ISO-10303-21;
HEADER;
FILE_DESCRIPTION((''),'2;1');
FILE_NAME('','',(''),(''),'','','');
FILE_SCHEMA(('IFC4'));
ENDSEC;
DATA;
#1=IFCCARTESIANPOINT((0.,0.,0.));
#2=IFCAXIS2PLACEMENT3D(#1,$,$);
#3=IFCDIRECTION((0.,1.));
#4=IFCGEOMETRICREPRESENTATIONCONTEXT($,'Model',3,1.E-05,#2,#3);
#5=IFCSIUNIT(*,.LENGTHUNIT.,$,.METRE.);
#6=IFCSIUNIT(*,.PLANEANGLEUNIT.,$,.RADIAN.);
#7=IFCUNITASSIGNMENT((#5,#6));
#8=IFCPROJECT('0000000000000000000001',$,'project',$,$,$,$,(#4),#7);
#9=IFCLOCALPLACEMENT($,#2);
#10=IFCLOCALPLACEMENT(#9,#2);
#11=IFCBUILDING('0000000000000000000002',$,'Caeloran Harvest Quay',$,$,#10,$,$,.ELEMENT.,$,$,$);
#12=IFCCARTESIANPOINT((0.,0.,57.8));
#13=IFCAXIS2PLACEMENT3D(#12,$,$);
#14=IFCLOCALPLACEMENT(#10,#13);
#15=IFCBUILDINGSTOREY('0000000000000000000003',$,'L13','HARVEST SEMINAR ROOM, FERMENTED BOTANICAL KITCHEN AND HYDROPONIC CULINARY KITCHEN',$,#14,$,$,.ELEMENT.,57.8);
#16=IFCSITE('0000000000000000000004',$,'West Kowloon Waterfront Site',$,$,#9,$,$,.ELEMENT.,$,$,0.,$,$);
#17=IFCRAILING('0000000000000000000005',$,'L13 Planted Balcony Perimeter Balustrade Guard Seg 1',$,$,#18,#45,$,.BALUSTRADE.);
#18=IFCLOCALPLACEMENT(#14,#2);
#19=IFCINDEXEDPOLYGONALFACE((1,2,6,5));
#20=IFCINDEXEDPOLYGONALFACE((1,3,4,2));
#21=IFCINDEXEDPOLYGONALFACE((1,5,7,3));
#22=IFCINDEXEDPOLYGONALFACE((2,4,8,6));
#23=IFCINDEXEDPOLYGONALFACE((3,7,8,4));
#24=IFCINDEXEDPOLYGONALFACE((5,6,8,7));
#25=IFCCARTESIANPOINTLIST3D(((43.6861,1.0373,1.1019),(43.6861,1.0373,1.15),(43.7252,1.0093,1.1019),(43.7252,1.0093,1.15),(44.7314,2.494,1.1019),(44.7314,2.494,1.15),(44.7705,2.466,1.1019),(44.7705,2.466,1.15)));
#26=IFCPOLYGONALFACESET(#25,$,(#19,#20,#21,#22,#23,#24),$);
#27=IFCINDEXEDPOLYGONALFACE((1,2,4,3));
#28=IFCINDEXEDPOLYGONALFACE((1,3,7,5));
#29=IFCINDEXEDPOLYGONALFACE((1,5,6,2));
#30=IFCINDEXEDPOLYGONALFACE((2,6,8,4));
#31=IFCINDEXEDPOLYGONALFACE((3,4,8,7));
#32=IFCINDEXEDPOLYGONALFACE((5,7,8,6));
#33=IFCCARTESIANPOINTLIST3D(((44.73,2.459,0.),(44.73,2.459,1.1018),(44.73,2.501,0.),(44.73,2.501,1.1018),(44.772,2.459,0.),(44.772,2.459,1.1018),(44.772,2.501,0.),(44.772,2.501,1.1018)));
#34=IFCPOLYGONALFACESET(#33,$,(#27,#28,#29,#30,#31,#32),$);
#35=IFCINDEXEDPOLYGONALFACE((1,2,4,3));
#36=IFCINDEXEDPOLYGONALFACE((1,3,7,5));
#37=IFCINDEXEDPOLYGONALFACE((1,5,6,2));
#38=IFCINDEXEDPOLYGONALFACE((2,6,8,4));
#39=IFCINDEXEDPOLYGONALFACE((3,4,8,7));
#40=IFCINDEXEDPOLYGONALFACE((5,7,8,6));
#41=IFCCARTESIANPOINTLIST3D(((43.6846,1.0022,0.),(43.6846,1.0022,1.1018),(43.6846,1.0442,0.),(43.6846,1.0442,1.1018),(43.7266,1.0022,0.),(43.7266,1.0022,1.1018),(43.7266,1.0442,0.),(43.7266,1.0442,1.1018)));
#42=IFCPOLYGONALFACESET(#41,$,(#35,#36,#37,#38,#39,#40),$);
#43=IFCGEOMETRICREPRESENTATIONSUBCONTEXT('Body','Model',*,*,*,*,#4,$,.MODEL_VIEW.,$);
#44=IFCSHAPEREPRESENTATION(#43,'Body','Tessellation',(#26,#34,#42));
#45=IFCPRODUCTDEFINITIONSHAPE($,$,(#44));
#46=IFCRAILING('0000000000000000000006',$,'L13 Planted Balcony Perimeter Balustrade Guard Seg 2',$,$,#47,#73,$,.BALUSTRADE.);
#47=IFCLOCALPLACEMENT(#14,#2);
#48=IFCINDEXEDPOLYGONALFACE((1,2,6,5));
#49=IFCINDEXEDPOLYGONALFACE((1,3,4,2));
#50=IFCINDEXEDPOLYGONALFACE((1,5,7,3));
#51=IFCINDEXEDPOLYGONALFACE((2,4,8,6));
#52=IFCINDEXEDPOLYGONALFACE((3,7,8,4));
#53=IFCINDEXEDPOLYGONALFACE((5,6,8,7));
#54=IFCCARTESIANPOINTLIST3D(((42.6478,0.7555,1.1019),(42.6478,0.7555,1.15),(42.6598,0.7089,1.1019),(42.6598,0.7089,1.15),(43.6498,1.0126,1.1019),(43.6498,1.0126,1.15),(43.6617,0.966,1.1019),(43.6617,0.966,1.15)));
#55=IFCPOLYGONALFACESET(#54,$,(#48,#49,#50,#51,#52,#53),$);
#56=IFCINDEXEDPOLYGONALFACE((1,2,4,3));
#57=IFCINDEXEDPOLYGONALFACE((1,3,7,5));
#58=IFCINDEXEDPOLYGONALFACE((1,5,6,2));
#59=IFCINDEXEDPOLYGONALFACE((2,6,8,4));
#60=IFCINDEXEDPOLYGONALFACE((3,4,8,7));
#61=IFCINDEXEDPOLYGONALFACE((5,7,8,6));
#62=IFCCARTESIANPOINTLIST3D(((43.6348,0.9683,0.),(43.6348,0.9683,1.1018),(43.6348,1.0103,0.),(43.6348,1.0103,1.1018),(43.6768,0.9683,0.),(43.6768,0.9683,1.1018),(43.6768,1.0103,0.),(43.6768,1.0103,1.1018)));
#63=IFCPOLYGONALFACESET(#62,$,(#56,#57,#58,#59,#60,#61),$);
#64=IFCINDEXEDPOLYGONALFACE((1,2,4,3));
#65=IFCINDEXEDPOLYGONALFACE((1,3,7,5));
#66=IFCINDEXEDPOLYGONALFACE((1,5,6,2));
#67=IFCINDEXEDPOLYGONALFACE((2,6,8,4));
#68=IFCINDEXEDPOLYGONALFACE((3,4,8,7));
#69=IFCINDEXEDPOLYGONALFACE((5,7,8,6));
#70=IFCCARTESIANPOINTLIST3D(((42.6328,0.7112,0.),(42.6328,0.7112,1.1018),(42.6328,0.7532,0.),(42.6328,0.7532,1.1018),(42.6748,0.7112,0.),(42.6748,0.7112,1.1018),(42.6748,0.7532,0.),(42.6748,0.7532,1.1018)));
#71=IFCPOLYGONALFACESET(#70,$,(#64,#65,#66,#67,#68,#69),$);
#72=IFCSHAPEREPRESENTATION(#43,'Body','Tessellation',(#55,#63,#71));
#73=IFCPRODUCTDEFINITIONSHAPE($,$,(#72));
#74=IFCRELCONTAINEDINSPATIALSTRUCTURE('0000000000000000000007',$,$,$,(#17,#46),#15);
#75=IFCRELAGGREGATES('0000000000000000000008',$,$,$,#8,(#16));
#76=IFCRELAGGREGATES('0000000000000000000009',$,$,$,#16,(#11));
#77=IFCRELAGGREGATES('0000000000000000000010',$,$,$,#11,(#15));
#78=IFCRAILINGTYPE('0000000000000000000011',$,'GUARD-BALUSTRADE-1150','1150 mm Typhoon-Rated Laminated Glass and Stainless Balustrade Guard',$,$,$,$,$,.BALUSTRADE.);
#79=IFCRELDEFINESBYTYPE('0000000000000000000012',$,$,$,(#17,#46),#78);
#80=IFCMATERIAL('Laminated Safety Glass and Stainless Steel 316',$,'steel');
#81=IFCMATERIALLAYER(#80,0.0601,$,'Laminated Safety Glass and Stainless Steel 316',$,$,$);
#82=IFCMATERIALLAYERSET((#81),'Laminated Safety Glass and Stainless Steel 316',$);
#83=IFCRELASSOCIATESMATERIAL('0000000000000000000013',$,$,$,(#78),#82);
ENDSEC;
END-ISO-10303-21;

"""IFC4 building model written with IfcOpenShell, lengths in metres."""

from ifc_helpers import new_model, si_unit, direction, frame, origin, origin_2d, place, context, subcontext, project, spatial, rectangle, extrude, material, layer, layer_set, type_object, element, save


model = new_model("IFC4")

# Units and contexts
model_context = context("Model", 3, precision=1e-05, world=origin(), true_north=direction((0.0, 1.0)))
body_context = subcontext(model_context, "Body", "Model", "MODEL_VIEW")
ifc_project = project(units=[si_unit("LENGTHUNIT", "METRE"), si_unit("PLANEANGLEUNIT", "RADIAN")], contexts=[model_context])

# Site, building, storey
site_placement = place(None, origin())
site = spatial("IfcSite", under=ifc_project, at=site_placement, Name="West Kowloon Waterfront Site", CompositionType="ELEMENT", RefElevation=0.0)
building_placement = place(site_placement, origin())
building = spatial("IfcBuilding", under=site, at=building_placement, Name="Caeloran Harvest Quay", CompositionType="ELEMENT")
storey_placement = place(building_placement, frame((0.0, 0.0, 57.8)))
storey = spatial("IfcBuildingStorey", under=building, at=storey_placement, Name="L13", Description="HARVEST SEMINAR ROOM, FERMENTED BOTANICAL KITCHEN AND HYDROPONIC CULINARY KITCHEN", CompositionType="ELEMENT", Elevation=57.8)

# Railings
ifc_material_1 = material(Name="Laminated Safety Glass and Stainless Steel 316", Category="steel")
ifc_layer_1 = layer(ifc_material_1, 0.0601, Name="Laminated Safety Glass and Stainless Steel 316")
ifc_layer_set_1 = layer_set([ifc_layer_1], Name="Laminated Safety Glass and Stainless Steel 316")
railing_type = type_object("IfcRailingType", Name="GUARD-BALUSTRADE-1150", Description="1150 mm Typhoon-Rated Laminated Glass and Stainless Balustrade Guard", PredefinedType="BALUSTRADE", material=ifc_layer_set_1)
railing_1_placement = place(storey_placement, frame((44.751, 2.48, 0.0)))
element("IfcRailing", 1, at=railing_1_placement, inside=storey, type_object=railing_type, Name="L13 Planted Balcony Perimeter Balustrade Guard Seg 1", PredefinedType="BALUSTRADE", context=body_context, shape_type="SweptSolid", body=[
    extrude(rectangle(XDim=0.0481, YDim=0.0481, at=origin_2d()), frame((0.0, 0.0, 1.126), z_axis=(-0.583027, -0.812453, 0.0), x_axis=(0.812453, -0.583027, 0.0)), (0.0, 0.0, 1.0), 1.793),
    extrude(rectangle(XDim=0.042, YDim=0.042, at=origin_2d()), origin(), (0.0, 0.0, 1.0), 1.1018),
    extrude(rectangle(XDim=0.042, YDim=0.042, at=origin_2d()), frame((-1.0454, -1.4568, 0.0)), (0.0, 0.0, 1.0), 1.1018),
])
railing_2_placement = place(storey_placement, frame((43.6558, 0.9893, 0.0)))
element("IfcRailing", 2, at=railing_2_placement, inside=storey, type_object=railing_type, Name="L13 Planted Balcony Perimeter Balustrade Guard Seg 2", PredefinedType="BALUSTRADE", context=body_context, shape_type="SweptSolid", body=[
    extrude(rectangle(XDim=0.0481, YDim=0.0481, at=origin_2d()), frame((0.0, 0.0, 1.126), z_axis=(-0.968625, -0.248529, 0.0), x_axis=(0.248529, -0.968625, 0.0)), (0.0, 0.0, 1.0), 1.0344),
    extrude(rectangle(XDim=0.042, YDim=0.042, at=origin_2d()), origin(), (0.0, 0.0, 1.0), 1.1018),
    extrude(rectangle(XDim=0.042, YDim=0.042, at=origin_2d()), frame((-1.002, -0.2571, 0.0)), (0.0, 0.0, 1.0), 1.1018),
])

save(model, "model.ifc")
